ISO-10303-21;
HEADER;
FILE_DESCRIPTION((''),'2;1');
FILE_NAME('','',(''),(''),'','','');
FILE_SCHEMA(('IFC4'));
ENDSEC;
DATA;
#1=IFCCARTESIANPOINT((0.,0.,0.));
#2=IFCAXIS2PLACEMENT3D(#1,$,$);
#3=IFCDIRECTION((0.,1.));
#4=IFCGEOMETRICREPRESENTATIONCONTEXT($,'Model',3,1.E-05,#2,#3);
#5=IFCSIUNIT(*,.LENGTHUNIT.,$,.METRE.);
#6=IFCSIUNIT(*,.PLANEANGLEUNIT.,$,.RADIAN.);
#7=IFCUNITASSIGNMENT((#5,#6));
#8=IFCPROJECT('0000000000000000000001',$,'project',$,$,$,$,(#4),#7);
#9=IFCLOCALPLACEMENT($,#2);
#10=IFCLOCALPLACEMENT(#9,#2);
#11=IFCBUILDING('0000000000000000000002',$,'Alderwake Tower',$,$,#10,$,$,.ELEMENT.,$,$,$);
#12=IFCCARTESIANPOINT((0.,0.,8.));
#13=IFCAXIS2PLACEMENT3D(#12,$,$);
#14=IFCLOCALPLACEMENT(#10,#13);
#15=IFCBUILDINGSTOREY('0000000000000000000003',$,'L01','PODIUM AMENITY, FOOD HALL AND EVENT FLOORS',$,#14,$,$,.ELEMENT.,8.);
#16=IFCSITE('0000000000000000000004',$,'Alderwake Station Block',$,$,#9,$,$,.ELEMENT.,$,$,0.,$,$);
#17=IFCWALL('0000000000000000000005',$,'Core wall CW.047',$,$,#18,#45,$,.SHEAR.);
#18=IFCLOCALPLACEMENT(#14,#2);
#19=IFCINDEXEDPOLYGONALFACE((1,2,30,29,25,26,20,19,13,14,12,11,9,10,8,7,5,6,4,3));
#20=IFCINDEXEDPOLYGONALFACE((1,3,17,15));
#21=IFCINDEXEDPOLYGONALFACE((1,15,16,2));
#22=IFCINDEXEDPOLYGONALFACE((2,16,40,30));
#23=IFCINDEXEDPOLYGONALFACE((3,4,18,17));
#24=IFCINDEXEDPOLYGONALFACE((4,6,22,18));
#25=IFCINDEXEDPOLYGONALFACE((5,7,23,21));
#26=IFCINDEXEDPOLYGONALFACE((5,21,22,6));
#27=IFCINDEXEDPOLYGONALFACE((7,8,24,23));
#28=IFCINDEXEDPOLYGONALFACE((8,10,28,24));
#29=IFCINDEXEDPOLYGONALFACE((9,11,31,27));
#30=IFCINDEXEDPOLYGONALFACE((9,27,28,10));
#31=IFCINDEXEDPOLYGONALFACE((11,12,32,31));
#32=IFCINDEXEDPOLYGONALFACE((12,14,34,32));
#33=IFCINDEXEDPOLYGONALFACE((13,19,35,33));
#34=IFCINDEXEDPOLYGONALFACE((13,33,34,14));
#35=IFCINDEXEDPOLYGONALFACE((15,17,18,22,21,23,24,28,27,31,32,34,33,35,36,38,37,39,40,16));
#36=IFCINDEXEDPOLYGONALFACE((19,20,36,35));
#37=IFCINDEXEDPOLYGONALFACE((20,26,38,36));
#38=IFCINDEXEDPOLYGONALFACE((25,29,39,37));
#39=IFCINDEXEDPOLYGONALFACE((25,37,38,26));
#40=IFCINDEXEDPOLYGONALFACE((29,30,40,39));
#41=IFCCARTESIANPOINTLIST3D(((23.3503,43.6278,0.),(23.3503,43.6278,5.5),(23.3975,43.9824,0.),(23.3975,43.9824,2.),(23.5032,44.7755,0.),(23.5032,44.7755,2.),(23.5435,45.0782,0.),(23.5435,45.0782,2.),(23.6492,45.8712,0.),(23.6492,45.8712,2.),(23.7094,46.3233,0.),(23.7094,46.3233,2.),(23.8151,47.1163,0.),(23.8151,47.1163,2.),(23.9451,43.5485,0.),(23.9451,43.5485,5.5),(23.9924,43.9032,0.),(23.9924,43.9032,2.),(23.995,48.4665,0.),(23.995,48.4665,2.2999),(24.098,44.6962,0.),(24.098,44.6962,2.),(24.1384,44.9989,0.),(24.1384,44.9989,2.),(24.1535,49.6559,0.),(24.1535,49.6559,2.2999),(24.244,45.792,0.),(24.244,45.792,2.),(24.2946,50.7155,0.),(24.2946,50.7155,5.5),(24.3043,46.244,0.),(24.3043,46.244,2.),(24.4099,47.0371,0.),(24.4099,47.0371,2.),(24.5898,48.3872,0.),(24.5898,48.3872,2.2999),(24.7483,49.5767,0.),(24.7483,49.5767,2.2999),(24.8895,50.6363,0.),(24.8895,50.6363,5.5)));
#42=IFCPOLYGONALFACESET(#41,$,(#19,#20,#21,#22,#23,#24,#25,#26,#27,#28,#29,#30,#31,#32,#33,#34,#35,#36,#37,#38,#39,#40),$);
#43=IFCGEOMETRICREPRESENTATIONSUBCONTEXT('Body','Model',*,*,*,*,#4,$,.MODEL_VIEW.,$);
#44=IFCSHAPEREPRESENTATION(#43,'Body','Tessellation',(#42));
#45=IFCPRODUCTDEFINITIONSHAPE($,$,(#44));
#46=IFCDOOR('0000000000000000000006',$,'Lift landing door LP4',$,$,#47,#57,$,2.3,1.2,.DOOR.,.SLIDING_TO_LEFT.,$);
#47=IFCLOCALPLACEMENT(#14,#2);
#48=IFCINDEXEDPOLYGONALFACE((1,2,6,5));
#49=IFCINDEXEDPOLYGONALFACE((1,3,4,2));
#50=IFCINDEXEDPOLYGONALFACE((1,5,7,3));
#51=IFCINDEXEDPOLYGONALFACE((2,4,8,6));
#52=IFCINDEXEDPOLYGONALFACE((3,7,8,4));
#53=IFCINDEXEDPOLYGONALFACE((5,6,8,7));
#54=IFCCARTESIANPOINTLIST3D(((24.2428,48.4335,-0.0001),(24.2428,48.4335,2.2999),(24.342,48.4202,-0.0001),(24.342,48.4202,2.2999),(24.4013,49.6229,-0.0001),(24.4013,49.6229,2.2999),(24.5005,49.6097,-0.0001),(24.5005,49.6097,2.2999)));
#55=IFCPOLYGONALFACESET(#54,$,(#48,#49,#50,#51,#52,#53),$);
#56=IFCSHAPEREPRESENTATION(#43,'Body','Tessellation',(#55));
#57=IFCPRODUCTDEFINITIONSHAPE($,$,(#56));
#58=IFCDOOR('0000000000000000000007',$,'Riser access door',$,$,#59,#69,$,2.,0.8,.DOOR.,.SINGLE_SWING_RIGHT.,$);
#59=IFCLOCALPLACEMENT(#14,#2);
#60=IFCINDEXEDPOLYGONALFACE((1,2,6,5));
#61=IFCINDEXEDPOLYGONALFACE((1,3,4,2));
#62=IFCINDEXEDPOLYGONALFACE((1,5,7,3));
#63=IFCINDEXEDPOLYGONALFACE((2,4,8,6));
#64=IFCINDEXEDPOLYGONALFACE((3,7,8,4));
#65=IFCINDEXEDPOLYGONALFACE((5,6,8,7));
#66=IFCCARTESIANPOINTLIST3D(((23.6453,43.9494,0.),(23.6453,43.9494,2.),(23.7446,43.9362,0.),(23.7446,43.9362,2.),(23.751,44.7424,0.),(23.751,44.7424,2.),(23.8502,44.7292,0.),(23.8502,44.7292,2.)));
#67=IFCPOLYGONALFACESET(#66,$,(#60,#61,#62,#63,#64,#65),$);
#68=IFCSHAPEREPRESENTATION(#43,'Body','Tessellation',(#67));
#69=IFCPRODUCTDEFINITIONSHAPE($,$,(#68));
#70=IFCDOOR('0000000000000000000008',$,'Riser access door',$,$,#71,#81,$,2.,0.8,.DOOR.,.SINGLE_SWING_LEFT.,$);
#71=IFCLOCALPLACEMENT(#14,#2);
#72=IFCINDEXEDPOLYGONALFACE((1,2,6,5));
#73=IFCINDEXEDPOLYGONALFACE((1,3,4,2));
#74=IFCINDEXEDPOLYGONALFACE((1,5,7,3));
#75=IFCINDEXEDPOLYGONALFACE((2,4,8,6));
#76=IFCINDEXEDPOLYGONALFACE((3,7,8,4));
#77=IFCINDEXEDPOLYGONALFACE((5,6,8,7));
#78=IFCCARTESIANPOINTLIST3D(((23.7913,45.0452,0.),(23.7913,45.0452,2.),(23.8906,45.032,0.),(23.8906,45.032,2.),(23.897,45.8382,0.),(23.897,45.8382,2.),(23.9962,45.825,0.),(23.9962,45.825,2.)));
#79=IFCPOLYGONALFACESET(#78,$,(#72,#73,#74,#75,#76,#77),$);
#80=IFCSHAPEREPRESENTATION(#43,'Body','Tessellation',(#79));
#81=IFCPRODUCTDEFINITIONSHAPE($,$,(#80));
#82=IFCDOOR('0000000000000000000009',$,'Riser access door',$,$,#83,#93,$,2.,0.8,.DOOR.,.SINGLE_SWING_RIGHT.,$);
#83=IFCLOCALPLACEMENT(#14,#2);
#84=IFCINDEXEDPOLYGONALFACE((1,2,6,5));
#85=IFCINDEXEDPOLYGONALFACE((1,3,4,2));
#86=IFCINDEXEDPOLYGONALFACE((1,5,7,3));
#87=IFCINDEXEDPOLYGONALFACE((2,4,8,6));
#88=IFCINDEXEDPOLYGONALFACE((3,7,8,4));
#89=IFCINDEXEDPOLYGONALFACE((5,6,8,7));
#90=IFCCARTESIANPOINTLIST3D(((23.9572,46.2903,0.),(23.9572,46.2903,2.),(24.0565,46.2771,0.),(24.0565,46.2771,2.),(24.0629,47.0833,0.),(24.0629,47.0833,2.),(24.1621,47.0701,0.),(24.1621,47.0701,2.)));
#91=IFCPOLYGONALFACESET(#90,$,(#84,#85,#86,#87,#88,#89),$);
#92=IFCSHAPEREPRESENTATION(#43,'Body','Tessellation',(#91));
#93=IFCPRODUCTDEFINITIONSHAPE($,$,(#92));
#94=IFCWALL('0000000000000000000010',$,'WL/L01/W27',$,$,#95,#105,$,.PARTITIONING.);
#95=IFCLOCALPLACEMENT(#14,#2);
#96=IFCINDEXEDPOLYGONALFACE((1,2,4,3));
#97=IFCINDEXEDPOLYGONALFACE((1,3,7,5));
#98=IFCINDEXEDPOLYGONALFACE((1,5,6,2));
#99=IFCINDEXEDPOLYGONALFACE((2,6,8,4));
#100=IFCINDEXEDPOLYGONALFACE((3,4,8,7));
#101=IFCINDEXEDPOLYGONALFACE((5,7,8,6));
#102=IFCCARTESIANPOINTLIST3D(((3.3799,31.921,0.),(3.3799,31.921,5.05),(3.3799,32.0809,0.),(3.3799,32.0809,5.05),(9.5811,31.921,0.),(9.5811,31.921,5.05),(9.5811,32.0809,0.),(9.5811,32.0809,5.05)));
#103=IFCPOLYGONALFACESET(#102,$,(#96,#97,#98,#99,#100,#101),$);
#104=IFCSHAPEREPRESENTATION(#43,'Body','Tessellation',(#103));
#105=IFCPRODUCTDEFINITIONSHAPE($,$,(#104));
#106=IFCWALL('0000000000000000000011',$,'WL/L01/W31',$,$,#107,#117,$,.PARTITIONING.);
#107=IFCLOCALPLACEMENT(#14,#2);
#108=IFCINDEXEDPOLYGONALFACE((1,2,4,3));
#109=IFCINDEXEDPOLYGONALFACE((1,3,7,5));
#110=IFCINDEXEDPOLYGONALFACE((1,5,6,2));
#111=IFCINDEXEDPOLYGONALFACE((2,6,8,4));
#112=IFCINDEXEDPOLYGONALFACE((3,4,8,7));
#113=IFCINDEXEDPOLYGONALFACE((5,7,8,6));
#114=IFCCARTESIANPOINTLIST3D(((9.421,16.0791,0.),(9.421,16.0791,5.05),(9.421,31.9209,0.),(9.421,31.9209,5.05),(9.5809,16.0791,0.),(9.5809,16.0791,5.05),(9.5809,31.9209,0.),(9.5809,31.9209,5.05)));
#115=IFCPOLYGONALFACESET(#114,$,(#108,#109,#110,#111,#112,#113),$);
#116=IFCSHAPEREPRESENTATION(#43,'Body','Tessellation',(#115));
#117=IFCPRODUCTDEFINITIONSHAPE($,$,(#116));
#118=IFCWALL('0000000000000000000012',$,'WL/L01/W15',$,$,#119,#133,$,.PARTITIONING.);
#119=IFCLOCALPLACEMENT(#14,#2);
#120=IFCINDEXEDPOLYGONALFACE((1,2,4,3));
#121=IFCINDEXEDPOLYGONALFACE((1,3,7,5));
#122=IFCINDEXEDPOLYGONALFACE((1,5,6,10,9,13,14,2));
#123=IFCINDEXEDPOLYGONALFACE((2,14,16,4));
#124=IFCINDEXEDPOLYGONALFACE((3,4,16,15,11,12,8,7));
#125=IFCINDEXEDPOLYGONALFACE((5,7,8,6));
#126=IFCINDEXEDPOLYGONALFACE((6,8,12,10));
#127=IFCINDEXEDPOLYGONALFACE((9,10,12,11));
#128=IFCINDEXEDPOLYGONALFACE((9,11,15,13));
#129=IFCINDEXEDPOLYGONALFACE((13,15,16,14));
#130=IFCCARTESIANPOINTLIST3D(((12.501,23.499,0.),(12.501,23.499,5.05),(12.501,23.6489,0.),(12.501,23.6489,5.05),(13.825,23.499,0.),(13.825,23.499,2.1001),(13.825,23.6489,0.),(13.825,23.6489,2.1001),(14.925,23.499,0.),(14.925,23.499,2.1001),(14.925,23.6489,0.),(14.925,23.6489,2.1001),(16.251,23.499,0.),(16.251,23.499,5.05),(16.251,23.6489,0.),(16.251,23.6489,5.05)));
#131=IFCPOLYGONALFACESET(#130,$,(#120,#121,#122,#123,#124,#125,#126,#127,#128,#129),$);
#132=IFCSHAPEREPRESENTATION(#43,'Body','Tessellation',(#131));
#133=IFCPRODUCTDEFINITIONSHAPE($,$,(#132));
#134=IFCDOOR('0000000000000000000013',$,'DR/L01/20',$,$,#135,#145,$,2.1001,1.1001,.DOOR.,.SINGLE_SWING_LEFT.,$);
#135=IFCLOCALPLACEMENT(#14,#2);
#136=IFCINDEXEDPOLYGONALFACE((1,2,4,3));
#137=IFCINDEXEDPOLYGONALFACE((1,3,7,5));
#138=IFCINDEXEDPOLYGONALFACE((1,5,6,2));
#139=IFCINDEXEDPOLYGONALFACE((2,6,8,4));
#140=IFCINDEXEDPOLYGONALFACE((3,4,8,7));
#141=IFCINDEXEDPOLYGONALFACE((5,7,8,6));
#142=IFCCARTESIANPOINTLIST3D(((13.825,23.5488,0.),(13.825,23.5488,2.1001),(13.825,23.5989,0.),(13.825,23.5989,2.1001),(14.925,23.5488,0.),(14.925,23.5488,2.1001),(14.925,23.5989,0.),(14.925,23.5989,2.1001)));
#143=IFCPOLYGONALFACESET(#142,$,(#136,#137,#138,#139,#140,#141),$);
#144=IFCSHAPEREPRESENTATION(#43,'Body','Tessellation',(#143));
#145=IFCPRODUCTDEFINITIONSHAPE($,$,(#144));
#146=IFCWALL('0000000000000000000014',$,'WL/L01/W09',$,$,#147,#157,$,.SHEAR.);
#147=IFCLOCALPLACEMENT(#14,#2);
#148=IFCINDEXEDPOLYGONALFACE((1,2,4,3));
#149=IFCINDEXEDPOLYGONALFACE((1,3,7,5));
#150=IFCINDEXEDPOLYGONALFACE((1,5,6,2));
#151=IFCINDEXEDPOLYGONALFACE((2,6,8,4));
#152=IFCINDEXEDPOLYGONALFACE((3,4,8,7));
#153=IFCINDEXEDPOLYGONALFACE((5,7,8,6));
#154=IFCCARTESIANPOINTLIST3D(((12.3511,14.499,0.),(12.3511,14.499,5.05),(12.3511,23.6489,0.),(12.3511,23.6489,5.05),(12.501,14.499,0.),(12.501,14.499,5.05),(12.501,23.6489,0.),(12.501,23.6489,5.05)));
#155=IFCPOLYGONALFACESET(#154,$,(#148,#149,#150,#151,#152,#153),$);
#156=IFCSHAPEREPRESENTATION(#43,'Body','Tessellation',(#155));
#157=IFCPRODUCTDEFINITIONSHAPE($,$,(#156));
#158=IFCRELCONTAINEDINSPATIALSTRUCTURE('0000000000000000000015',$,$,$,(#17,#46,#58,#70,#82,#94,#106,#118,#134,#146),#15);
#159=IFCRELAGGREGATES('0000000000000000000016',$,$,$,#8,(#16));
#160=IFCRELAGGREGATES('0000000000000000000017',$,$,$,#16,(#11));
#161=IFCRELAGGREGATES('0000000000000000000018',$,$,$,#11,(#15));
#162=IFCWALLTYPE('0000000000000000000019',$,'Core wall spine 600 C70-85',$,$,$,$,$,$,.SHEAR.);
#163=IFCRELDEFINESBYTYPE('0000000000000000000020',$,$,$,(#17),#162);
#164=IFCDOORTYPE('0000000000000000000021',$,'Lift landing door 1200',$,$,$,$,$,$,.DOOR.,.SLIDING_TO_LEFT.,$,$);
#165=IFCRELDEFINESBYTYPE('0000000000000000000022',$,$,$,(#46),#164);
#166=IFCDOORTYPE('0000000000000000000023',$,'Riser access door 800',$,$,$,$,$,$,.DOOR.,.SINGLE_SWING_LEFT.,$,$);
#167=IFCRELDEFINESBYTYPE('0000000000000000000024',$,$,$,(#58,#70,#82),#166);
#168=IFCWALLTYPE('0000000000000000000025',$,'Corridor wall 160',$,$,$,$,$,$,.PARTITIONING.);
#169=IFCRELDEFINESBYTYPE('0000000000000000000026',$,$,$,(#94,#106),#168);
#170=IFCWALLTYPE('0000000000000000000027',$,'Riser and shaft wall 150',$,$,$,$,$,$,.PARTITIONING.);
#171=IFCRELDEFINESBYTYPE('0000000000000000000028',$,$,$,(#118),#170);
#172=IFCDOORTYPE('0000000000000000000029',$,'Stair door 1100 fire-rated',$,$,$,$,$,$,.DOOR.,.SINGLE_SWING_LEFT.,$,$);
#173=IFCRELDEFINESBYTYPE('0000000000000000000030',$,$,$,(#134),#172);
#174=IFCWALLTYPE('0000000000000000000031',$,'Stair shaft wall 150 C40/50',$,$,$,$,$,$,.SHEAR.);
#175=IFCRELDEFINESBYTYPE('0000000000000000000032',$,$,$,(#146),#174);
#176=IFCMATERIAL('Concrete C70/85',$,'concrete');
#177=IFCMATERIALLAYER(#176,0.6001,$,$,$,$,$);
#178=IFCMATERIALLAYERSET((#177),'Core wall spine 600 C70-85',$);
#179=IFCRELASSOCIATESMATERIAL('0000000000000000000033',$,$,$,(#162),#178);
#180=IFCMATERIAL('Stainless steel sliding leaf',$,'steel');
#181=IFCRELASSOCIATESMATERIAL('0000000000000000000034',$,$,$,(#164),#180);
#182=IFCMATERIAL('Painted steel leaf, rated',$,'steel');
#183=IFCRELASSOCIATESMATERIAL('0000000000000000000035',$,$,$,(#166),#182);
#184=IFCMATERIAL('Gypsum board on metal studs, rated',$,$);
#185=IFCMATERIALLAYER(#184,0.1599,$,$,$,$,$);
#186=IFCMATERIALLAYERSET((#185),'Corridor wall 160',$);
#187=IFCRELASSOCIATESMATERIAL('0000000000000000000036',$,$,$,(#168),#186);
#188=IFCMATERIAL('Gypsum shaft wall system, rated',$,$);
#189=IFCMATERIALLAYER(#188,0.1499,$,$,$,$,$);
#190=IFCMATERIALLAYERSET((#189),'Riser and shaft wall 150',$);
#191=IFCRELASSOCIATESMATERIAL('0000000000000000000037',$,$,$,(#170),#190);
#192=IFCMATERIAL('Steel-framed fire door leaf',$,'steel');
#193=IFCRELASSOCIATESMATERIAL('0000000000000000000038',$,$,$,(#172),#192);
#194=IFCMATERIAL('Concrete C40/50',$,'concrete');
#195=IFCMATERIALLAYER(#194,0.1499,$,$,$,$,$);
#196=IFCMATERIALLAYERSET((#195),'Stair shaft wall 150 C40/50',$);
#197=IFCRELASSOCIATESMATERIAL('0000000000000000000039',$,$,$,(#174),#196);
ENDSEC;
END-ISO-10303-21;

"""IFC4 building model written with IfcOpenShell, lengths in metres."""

from ifc_helpers import new_model, si_unit, direction, frame, frame_2d, origin, place, context, subcontext, project, spatial, rectangle, extrude, material, layer, layer_set, type_object, element, fill, save


model = new_model("IFC4")

# Units and contexts
model_context = context("Model", 3, precision=1e-05, world=origin(), true_north=direction((0.0, 1.0)))
body_context = subcontext(model_context, "Body", "Model", "MODEL_VIEW")
ifc_project = project(units=[si_unit("LENGTHUNIT", "METRE"), si_unit("PLANEANGLEUNIT", "RADIAN")], contexts=[model_context])

# Site, building, storey
site_placement = place(None, origin())
site = spatial("IfcSite", under=ifc_project, at=site_placement, Name="Alderwake Station Block", CompositionType="ELEMENT", RefElevation=0.0)
building_placement = place(site_placement, origin())
building = spatial("IfcBuilding", under=site, at=building_placement, Name="Alderwake Tower", CompositionType="ELEMENT")
storey_placement = place(building_placement, frame((0.0, 0.0, 8.0)))
storey = spatial("IfcBuildingStorey", under=building, at=storey_placement, Name="L01", Description="PODIUM AMENITY, FOOD HALL AND EVENT FLOORS", CompositionType="ELEMENT", Elevation=8.0)

# Wall, openings, doors
ifc_material_1 = material(Name="Concrete C70/85", Category="concrete")
ifc_layer_1 = layer(ifc_material_1, 0.6001)
ifc_layer_set_1 = layer_set([ifc_layer_1], Name="Core wall spine 600 C70-85")
wall_type_1 = type_object("IfcWallType", Name="Core wall spine 600 C70-85", PredefinedType="SHEAR", material=ifc_layer_set_1)
wall_1_placement = place(storey_placement, frame((23.6477, 43.5881, 0.0), z_axis=(0.0, 0.0, 1.0), x_axis=(0.13207, 0.99124, 0.0)))
wall_1 = element("IfcWall", 1, at=wall_1_placement, inside=storey, type_object=wall_type_1, Name="Core wall CW.047", PredefinedType="SHEAR", context=body_context, shape_type="SweptSolid", body=[
    extrude(rectangle(XDim=7.1504, YDim=0.6001, at=frame_2d((3.5752, 0.0))), origin(), (0.0, 0.0, 1.0), 5.5),
])
opening_1_placement = place(wall_1_placement, frame((4.8813, 0.0, 0.0)))
opening_1 = element("IfcOpeningElement", 2, at=opening_1_placement, cuts=wall_1, PredefinedType="OPENING", context=body_context, shape_type="SweptSolid", body=[
    extrude(rectangle(XDim=1.2, YDim=2.3, at=frame_2d((0.6001, 1.1499))), frame((0.0, 0.3101, 0.0), z_axis=(0.0, -1.0, 0.0), x_axis=(1.0, 0.0, 0.0)), (0.0, 0.0, 1.0), 0.6201),
])
opening_2_placement = place(wall_1_placement, frame((0.3579, 0.0, 0.0)))
opening_2 = element("IfcOpeningElement", 3, at=opening_2_placement, cuts=wall_1, PredefinedType="OPENING", context=body_context, shape_type="SweptSolid", body=[
    extrude(rectangle(XDim=0.8, YDim=2.0, at=frame_2d((0.3999, 1.0))), frame((0.0, 0.3101, 0.0), z_axis=(0.0, -1.0, 0.0), x_axis=(1.0, 0.0, 0.0)), (0.0, 0.0, 1.0), 0.6201),
])
opening_3_placement = place(wall_1_placement, frame((1.4634, 0.0, 0.0)))
opening_3 = element("IfcOpeningElement", 4, at=opening_3_placement, cuts=wall_1, PredefinedType="OPENING", context=body_context, shape_type="SweptSolid", body=[
    extrude(rectangle(XDim=0.8, YDim=2.0, at=frame_2d((0.3999, 1.0))), frame((0.0, 0.3101, 0.0), z_axis=(0.0, -1.0, 0.0), x_axis=(1.0, 0.0, 0.0)), (0.0, 0.0, 1.0), 0.6201),
])
opening_4_placement = place(wall_1_placement, frame((2.7195, 0.0, 0.0)))
opening_4 = element("IfcOpeningElement", 5, at=opening_4_placement, cuts=wall_1, PredefinedType="OPENING", context=body_context, shape_type="SweptSolid", body=[
    extrude(rectangle(XDim=0.8, YDim=2.0, at=frame_2d((0.3999, 1.0))), frame((0.0, 0.3101, 0.0), z_axis=(0.0, -1.0, 0.0), x_axis=(1.0, 0.0, 0.0)), (0.0, 0.0, 1.0), 0.6201),
])
ifc_material_2 = material(Name="Stainless steel sliding leaf", Category="steel")
door_type_1 = type_object("IfcDoorType", Name="Lift landing door 1200", OperationType="SLIDING_TO_LEFT", PredefinedType="DOOR", material=ifc_material_2)
door_1_placement = place(opening_1_placement, origin())
door_1 = element("IfcDoor", 6, at=door_1_placement, inside=storey, type_object=door_type_1, Name="Lift landing door LP4", OperationType="SLIDING_TO_LEFT", OverallHeight=2.3, OverallWidth=1.2, PredefinedType="DOOR", context=body_context, shape_type="SweptSolid", body=[
    extrude(rectangle(XDim=1.2, YDim=2.3, at=frame_2d((0.6001, 1.1499))), frame((0.0, 0.05, 0.0), z_axis=(0.0, -1.0, 0.0), x_axis=(1.0, 0.0, 0.0)), (0.0, 0.0, 1.0), 0.1001),
])
fill(opening_1, door_1)
ifc_material_3 = material(Name="Painted steel leaf, rated", Category="steel")
door_type_2 = type_object("IfcDoorType", Name="Riser access door 800", OperationType="SINGLE_SWING_LEFT", PredefinedType="DOOR", material=ifc_material_3)
door_2_placement = place(opening_2_placement, origin())
door_2 = element("IfcDoor", 7, at=door_2_placement, inside=storey, type_object=door_type_2, Name="Riser access door", OperationType="SINGLE_SWING_RIGHT", OverallHeight=2.0, OverallWidth=0.8, PredefinedType="DOOR", context=body_context, shape_type="SweptSolid", body=[
    extrude(rectangle(XDim=0.8, YDim=2.0, at=frame_2d((0.3999, 1.0))), frame((0.0, 0.05, 0.0), z_axis=(0.0, -1.0, 0.0), x_axis=(1.0, 0.0, 0.0)), (0.0, 0.0, 1.0), 0.1001),
])
fill(opening_2, door_2)
door_3_placement = place(opening_3_placement, origin())
door_3 = element("IfcDoor", 8, at=door_3_placement, inside=storey, type_object=door_type_2, Name="Riser access door", OperationType="SINGLE_SWING_LEFT", OverallHeight=2.0, OverallWidth=0.8, PredefinedType="DOOR", context=body_context, shape_type="SweptSolid", body=[
    extrude(rectangle(XDim=0.8, YDim=2.0, at=frame_2d((0.3999, 1.0))), frame((0.0, 0.05, 0.0), z_axis=(0.0, -1.0, 0.0), x_axis=(1.0, 0.0, 0.0)), (0.0, 0.0, 1.0), 0.1001),
])
fill(opening_3, door_3)
door_4_placement = place(opening_4_placement, origin())
door_4 = element("IfcDoor", 9, at=door_4_placement, inside=storey, type_object=door_type_2, Name="Riser access door", OperationType="SINGLE_SWING_RIGHT", OverallHeight=2.0, OverallWidth=0.8, PredefinedType="DOOR", context=body_context, shape_type="SweptSolid", body=[
    extrude(rectangle(XDim=0.8, YDim=2.0, at=frame_2d((0.3999, 1.0))), frame((0.0, 0.05, 0.0), z_axis=(0.0, -1.0, 0.0), x_axis=(1.0, 0.0, 0.0)), (0.0, 0.0, 1.0), 0.1001),
])
fill(opening_4, door_4)

# Walls
ifc_material_4 = material(Name="Gypsum board on metal studs, rated")
ifc_layer_2 = layer(ifc_material_4, 0.1599)
ifc_layer_set_2 = layer_set([ifc_layer_2], Name="Corridor wall 160")
wall_type_2 = type_object("IfcWallType", Name="Corridor wall 160", PredefinedType="PARTITIONING", material=ifc_layer_set_2)
wall_2_placement = place(storey_placement, frame((3.3799, 32.001, 0.0), z_axis=(0.0, 0.0, 1.0), x_axis=(1.0, 0.0, 0.0)))
element("IfcWall", 10, at=wall_2_placement, inside=storey, type_object=wall_type_2, Name="WL/L01/W27", PredefinedType="PARTITIONING", context=body_context, shape_type="SweptSolid", body=[
    extrude(rectangle(XDim=6.2012, YDim=0.1599, at=frame_2d((3.1006, 0.0))), origin(), (0.0, 0.0, 1.0), 5.05),
])
wall_3_placement = place(storey_placement, frame((9.501, 31.9209, 0.0), z_axis=(0.0, 0.0, 1.0), x_axis=(0.0, -1.0, 0.0)))
element("IfcWall", 11, at=wall_3_placement, inside=storey, type_object=wall_type_2, Name="WL/L01/W31", PredefinedType="PARTITIONING", context=body_context, shape_type="SweptSolid", body=[
    extrude(rectangle(XDim=15.8418, YDim=0.1599, at=frame_2d((7.9209, 0.0))), origin(), (0.0, 0.0, 1.0), 5.05),
])

# Wall, opening, door
ifc_material_5 = material(Name="Gypsum shaft wall system, rated")
ifc_layer_3 = layer(ifc_material_5, 0.1499)
ifc_layer_set_3 = layer_set([ifc_layer_3], Name="Riser and shaft wall 150")
wall_type_3 = type_object("IfcWallType", Name="Riser and shaft wall 150", PredefinedType="PARTITIONING", material=ifc_layer_set_3)
wall_4_placement = place(storey_placement, frame((12.501, 23.574, 0.0), z_axis=(0.0, 0.0, 1.0), x_axis=(1.0, 0.0, 0.0)))
wall_4 = element("IfcWall", 12, at=wall_4_placement, inside=storey, type_object=wall_type_3, Name="WL/L01/W15", PredefinedType="PARTITIONING", context=body_context, shape_type="SweptSolid", body=[
    extrude(rectangle(XDim=3.75, YDim=0.1499, at=frame_2d((1.875, 0.0))), origin(), (0.0, 0.0, 1.0), 5.05),
])
opening_5_placement = place(wall_4_placement, frame((1.324, 0.0, 0.0)))
opening_5 = element("IfcOpeningElement", 13, at=opening_5_placement, cuts=wall_4, PredefinedType="OPENING", context=body_context, shape_type="SweptSolid", body=[
    extrude(rectangle(XDim=1.1001, YDim=2.1001, at=frame_2d((0.55, 1.05))), frame((0.0, 0.085, 0.0), z_axis=(0.0, -1.0, 0.0), x_axis=(1.0, 0.0, 0.0)), (0.0, 0.0, 1.0), 0.1699),
])
ifc_material_6 = material(Name="Steel-framed fire door leaf", Category="steel")
door_type_3 = type_object("IfcDoorType", Name="Stair door 1100 fire-rated", OperationType="SINGLE_SWING_LEFT", PredefinedType="DOOR", material=ifc_material_6)
door_5_placement = place(opening_5_placement, origin())
door_5 = element("IfcDoor", 14, at=door_5_placement, inside=storey, type_object=door_type_3, Name="DR/L01/20", OperationType="SINGLE_SWING_LEFT", OverallHeight=2.1001, OverallWidth=1.1001, PredefinedType="DOOR", context=body_context, shape_type="SweptSolid", body=[
    extrude(rectangle(XDim=1.1001, YDim=2.1001, at=frame_2d((0.55, 1.05))), frame((0.0, 0.0249, 0.0), z_axis=(0.0, -1.0, 0.0), x_axis=(1.0, 0.0, 0.0)), (0.0, 0.0, 1.0), 0.05),
])
fill(opening_5, door_5)

# Wall
ifc_material_7 = material(Name="Concrete C40/50", Category="concrete")
ifc_layer_4 = layer(ifc_material_7, 0.1499)
ifc_layer_set_4 = layer_set([ifc_layer_4], Name="Stair shaft wall 150 C40/50")
wall_type_4 = type_object("IfcWallType", Name="Stair shaft wall 150 C40/50", PredefinedType="SHEAR", material=ifc_layer_set_4)
wall_5_placement = place(storey_placement, frame((12.426, 23.6489, 0.0), z_axis=(0.0, 0.0, 1.0), x_axis=(0.0, -1.0, 0.0)))
element("IfcWall", 15, at=wall_5_placement, inside=storey, type_object=wall_type_4, Name="WL/L01/W09", PredefinedType="SHEAR", context=body_context, shape_type="SweptSolid", body=[
    extrude(rectangle(XDim=9.1499, YDim=0.1499, at=frame_2d((4.575, 0.0))), origin(), (0.0, 0.0, 1.0), 5.05),
])

save(model, "model.ifc")
